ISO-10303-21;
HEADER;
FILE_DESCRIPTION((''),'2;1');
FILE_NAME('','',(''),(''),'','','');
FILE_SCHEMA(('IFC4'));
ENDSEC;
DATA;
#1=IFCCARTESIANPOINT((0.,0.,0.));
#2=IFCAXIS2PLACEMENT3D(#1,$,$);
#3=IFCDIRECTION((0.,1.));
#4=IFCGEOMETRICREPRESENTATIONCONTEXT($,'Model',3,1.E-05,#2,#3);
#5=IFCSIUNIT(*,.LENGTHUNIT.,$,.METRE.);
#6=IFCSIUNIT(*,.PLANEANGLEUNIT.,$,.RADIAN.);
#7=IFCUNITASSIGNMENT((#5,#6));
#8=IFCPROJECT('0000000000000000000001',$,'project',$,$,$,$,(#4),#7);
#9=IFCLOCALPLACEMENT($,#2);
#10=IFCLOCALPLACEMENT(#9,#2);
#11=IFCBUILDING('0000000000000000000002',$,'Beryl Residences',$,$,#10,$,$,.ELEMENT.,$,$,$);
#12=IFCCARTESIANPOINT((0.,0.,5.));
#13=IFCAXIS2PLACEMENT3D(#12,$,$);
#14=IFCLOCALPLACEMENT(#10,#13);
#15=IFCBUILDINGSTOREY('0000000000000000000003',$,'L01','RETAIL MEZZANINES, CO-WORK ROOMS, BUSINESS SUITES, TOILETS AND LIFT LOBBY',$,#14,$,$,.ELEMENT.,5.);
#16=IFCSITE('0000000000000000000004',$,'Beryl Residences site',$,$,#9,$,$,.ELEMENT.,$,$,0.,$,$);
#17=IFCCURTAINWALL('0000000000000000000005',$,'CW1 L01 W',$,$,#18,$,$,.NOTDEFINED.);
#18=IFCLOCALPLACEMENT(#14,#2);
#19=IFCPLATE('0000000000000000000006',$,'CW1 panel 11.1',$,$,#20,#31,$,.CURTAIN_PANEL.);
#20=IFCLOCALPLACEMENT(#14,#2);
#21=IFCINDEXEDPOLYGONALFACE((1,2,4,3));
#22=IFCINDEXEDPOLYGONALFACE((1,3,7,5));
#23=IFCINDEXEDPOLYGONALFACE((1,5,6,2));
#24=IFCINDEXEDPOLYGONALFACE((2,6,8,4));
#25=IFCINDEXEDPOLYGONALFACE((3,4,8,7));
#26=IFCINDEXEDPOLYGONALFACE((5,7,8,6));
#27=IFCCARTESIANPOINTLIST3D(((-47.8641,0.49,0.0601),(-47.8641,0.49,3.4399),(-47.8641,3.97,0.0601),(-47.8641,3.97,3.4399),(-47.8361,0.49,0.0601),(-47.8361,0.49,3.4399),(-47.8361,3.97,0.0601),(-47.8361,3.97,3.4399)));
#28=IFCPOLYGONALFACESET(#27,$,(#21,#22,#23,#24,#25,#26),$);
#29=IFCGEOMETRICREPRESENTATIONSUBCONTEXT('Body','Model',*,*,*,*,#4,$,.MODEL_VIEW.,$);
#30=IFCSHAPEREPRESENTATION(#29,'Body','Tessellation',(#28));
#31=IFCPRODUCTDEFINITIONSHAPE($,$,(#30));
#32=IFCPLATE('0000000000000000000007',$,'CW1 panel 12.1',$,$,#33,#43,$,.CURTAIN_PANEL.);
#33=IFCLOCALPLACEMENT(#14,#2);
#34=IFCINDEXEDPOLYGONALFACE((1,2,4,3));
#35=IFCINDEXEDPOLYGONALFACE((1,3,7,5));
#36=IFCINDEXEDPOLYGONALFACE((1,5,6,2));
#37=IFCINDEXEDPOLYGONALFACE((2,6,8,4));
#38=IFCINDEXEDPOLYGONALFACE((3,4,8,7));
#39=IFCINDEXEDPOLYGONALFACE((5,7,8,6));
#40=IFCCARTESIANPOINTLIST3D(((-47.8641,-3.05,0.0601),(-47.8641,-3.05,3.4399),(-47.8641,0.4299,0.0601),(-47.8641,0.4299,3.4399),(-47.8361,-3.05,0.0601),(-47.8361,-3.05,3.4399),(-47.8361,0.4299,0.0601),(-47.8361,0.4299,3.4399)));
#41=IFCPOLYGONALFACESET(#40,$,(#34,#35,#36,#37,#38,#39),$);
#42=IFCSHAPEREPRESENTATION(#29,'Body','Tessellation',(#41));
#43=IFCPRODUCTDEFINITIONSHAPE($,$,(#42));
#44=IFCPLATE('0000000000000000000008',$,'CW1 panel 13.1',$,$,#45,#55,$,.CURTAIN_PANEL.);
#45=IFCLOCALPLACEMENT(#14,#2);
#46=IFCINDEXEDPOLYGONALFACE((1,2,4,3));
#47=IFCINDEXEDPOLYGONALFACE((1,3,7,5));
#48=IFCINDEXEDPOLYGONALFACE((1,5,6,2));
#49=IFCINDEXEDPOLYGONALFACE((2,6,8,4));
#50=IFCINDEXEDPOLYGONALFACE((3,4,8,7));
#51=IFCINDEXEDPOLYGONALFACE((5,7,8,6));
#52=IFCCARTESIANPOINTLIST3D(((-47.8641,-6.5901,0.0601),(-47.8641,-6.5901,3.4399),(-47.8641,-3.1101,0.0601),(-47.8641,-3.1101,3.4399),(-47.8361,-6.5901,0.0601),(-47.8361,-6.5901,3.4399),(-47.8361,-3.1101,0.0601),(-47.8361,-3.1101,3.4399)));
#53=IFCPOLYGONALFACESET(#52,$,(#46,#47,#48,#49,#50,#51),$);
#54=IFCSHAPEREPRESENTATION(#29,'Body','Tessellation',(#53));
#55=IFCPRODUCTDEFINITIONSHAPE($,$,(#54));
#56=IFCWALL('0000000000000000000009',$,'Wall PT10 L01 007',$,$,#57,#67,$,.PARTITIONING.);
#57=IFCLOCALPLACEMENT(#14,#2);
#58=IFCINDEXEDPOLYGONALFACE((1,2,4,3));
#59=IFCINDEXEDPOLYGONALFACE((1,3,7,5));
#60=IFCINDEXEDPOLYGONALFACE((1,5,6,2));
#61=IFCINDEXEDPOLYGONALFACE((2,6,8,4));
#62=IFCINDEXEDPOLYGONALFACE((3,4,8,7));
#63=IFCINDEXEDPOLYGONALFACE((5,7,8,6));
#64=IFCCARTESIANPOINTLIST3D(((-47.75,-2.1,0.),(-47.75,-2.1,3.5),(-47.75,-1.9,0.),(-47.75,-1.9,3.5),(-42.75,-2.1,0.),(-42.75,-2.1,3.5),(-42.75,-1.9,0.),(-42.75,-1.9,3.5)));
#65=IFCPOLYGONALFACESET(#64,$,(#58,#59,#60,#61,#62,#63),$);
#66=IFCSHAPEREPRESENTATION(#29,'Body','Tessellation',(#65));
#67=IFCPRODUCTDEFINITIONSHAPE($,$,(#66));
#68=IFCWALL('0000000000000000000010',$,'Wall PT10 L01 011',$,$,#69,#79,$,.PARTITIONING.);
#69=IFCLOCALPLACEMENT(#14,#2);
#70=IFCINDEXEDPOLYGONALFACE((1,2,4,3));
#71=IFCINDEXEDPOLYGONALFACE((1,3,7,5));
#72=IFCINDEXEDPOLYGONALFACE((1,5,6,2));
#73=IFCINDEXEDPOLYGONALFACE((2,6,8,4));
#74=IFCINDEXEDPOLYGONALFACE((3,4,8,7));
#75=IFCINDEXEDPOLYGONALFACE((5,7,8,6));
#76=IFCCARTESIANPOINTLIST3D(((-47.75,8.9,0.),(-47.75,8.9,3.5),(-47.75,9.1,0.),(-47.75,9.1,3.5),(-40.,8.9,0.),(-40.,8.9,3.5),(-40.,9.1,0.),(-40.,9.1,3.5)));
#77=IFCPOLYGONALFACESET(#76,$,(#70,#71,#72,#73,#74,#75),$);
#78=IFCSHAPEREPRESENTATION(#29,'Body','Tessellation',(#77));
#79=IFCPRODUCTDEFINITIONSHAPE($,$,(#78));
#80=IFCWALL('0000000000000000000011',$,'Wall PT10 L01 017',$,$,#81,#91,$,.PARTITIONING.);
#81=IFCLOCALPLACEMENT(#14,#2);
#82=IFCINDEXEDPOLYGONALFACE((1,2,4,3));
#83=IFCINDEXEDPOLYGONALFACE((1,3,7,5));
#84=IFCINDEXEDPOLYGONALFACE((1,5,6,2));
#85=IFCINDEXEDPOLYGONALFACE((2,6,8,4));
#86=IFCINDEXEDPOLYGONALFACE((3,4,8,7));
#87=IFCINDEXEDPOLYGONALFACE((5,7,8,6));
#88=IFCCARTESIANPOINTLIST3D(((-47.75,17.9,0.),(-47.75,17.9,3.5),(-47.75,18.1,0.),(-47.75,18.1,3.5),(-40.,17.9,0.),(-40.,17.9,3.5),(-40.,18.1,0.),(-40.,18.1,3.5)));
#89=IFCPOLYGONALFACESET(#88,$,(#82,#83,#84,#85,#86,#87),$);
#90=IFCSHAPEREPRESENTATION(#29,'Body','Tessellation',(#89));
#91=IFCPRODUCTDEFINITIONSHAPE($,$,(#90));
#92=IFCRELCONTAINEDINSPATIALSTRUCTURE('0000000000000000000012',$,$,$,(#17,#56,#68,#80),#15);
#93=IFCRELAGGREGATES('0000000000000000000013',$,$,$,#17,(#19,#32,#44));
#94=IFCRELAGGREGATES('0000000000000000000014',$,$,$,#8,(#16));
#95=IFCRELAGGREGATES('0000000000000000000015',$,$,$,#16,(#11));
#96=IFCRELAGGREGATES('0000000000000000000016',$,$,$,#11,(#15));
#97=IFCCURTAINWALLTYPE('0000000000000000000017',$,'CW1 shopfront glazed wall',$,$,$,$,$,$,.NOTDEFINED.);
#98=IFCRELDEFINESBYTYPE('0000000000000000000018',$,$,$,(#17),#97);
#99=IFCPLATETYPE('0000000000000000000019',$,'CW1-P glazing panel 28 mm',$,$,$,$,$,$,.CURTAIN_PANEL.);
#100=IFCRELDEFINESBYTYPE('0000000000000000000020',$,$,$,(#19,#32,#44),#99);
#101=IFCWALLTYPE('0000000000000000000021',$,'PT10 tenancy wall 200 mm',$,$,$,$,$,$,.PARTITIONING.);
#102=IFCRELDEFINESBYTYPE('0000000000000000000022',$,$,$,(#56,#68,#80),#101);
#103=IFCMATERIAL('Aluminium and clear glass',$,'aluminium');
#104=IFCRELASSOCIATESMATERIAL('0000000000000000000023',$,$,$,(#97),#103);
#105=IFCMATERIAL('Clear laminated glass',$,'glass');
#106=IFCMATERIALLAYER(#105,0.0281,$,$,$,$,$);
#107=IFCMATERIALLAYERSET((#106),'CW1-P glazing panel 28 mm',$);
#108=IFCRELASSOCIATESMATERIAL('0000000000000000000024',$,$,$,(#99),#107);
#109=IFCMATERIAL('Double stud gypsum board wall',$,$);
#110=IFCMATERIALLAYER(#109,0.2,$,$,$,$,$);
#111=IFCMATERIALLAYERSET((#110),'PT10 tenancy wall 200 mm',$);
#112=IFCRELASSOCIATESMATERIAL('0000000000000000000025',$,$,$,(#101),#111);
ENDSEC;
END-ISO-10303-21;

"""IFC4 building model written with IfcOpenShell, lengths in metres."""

from ifc_helpers import new_model, si_unit, direction, frame, frame_2d, origin, origin_2d, place, context, subcontext, project, spatial, rectangle, extrude, material, layer, layer_set, type_object, element, aggregate, save


model = new_model("IFC4")

# Units and contexts
model_context = context("Model", 3, precision=1e-05, world=origin(), true_north=direction((0.0, 1.0)))
body_context = subcontext(model_context, "Body", "Model", "MODEL_VIEW")
ifc_project = project(units=[si_unit("LENGTHUNIT", "METRE"), si_unit("PLANEANGLEUNIT", "RADIAN")], contexts=[model_context])

# Site, building, storey
site_placement = place(None, origin())
site = spatial("IfcSite", under=ifc_project, at=site_placement, Name="Beryl Residences site", CompositionType="ELEMENT", RefElevation=0.0)
building_placement = place(site_placement, origin())
building = spatial("IfcBuilding", under=site, at=building_placement, Name="Beryl Residences", CompositionType="ELEMENT")
storey_placement = place(building_placement, frame((0.0, 0.0, 5.0)))
storey = spatial("IfcBuildingStorey", under=building, at=storey_placement, Name="L01", Description="RETAIL MEZZANINES, CO-WORK ROOMS, BUSINESS SUITES, TOILETS AND LIFT LOBBY", CompositionType="ELEMENT", Elevation=5.0)

# Curtain wall, plates
ifc_material_1 = material(Name="Aluminium and clear glass", Category="aluminium")
curtain_wall_type = type_object("IfcCurtainWallType", Name="CW1 shopfront glazed wall", PredefinedType="NOTDEFINED", material=ifc_material_1)
curtain_wall_placement = place(storey_placement, origin())
curtain_wall = element("IfcCurtainWall", 1, at=curtain_wall_placement, inside=storey, type_object=curtain_wall_type, Name="CW1 L01 W", PredefinedType="NOTDEFINED")
ifc_material_2 = material(Name="Clear laminated glass", Category="glass")
ifc_layer_1 = layer(ifc_material_2, 0.0281)
ifc_layer_set_1 = layer_set([ifc_layer_1], Name="CW1-P glazing panel 28 mm")
plate_type = type_object("IfcPlateType", Name="CW1-P glazing panel 28 mm", PredefinedType="CURTAIN_PANEL", material=ifc_layer_set_1)
plate_1_placement = place(storey_placement, frame((-47.8501, 2.23, 0.0601), z_axis=(0.0, 0.0, 1.0), x_axis=(0.0, -1.0, 0.0)))
plate_1 = element("IfcPlate", 2, at=plate_1_placement, type_object=plate_type, Name="CW1 panel 11.1", PredefinedType="CURTAIN_PANEL", context=body_context, shape_type="SweptSolid", body=[
    extrude(rectangle(XDim=3.48, YDim=0.0281, at=origin_2d()), origin(), (0.0, 0.0, 1.0), 3.3799),
])
plate_2_placement = place(storey_placement, frame((-47.8501, -1.3101, 0.0601), z_axis=(0.0, 0.0, 1.0), x_axis=(0.0, -1.0, 0.0)))
plate_2 = element("IfcPlate", 3, at=plate_2_placement, type_object=plate_type, Name="CW1 panel 12.1", PredefinedType="CURTAIN_PANEL", context=body_context, shape_type="SweptSolid", body=[
    extrude(rectangle(XDim=3.48, YDim=0.0281, at=origin_2d()), origin(), (0.0, 0.0, 1.0), 3.3799),
])
plate_3_placement = place(storey_placement, frame((-47.8501, -4.8501, 0.0601), z_axis=(0.0, 0.0, 1.0), x_axis=(0.0, -1.0, 0.0)))
plate_3 = element("IfcPlate", 4, at=plate_3_placement, type_object=plate_type, Name="CW1 panel 13.1", PredefinedType="CURTAIN_PANEL", context=body_context, shape_type="SweptSolid", body=[
    extrude(rectangle(XDim=3.48, YDim=0.0281, at=origin_2d()), origin(), (0.0, 0.0, 1.0), 3.3799),
])
aggregate(curtain_wall, [plate_1, plate_2, plate_3])

# Walls
ifc_material_3 = material(Name="Double stud gypsum board wall")
ifc_layer_2 = layer(ifc_material_3, 0.2)
ifc_layer_set_2 = layer_set([ifc_layer_2], Name="PT10 tenancy wall 200 mm")
wall_type = type_object("IfcWallType", Name="PT10 tenancy wall 200 mm", PredefinedType="PARTITIONING", material=ifc_layer_set_2)
wall_placement = place(storey_placement, frame((-47.75, -2.0, 0.0), z_axis=(0.0, 0.0, 1.0), x_axis=(1.0, 0.0, 0.0)))
element("IfcWall", 5, at=wall_placement, inside=storey, type_object=wall_type, Name="Wall PT10 L01 007", PredefinedType="PARTITIONING", context=body_context, shape_type="SweptSolid", body=[
    extrude(rectangle(XDim=5.0, YDim=0.2, at=frame_2d((2.5, 0.0))), origin(), (0.0, 0.0, 1.0), 3.5),
])
for number, where, z_axis, x_axis, name in (
    (6, (-47.75, 9.0, 0.0), (0.0, 0.0, 1.0), (1.0, 0.0, 0.0), "Wall PT10 L01 011"),
    (7, (-47.75, 18.0, 0.0), (0.0, 0.0, 1.0), (1.0, 0.0, 0.0), "Wall PT10 L01 017"),
):
    element("IfcWall", number, at=place(storey_placement, frame(where, z_axis=z_axis, x_axis=x_axis)), inside=storey, type_object=wall_type, Name=name, PredefinedType="PARTITIONING", context=body_context, shape_type="SweptSolid", body=[
        extrude(rectangle(XDim=7.75, YDim=0.2, at=frame_2d((3.875, 0.0))), origin(), (0.0, 0.0, 1.0), 3.5),
    ])

save(model, "model.ifc")
